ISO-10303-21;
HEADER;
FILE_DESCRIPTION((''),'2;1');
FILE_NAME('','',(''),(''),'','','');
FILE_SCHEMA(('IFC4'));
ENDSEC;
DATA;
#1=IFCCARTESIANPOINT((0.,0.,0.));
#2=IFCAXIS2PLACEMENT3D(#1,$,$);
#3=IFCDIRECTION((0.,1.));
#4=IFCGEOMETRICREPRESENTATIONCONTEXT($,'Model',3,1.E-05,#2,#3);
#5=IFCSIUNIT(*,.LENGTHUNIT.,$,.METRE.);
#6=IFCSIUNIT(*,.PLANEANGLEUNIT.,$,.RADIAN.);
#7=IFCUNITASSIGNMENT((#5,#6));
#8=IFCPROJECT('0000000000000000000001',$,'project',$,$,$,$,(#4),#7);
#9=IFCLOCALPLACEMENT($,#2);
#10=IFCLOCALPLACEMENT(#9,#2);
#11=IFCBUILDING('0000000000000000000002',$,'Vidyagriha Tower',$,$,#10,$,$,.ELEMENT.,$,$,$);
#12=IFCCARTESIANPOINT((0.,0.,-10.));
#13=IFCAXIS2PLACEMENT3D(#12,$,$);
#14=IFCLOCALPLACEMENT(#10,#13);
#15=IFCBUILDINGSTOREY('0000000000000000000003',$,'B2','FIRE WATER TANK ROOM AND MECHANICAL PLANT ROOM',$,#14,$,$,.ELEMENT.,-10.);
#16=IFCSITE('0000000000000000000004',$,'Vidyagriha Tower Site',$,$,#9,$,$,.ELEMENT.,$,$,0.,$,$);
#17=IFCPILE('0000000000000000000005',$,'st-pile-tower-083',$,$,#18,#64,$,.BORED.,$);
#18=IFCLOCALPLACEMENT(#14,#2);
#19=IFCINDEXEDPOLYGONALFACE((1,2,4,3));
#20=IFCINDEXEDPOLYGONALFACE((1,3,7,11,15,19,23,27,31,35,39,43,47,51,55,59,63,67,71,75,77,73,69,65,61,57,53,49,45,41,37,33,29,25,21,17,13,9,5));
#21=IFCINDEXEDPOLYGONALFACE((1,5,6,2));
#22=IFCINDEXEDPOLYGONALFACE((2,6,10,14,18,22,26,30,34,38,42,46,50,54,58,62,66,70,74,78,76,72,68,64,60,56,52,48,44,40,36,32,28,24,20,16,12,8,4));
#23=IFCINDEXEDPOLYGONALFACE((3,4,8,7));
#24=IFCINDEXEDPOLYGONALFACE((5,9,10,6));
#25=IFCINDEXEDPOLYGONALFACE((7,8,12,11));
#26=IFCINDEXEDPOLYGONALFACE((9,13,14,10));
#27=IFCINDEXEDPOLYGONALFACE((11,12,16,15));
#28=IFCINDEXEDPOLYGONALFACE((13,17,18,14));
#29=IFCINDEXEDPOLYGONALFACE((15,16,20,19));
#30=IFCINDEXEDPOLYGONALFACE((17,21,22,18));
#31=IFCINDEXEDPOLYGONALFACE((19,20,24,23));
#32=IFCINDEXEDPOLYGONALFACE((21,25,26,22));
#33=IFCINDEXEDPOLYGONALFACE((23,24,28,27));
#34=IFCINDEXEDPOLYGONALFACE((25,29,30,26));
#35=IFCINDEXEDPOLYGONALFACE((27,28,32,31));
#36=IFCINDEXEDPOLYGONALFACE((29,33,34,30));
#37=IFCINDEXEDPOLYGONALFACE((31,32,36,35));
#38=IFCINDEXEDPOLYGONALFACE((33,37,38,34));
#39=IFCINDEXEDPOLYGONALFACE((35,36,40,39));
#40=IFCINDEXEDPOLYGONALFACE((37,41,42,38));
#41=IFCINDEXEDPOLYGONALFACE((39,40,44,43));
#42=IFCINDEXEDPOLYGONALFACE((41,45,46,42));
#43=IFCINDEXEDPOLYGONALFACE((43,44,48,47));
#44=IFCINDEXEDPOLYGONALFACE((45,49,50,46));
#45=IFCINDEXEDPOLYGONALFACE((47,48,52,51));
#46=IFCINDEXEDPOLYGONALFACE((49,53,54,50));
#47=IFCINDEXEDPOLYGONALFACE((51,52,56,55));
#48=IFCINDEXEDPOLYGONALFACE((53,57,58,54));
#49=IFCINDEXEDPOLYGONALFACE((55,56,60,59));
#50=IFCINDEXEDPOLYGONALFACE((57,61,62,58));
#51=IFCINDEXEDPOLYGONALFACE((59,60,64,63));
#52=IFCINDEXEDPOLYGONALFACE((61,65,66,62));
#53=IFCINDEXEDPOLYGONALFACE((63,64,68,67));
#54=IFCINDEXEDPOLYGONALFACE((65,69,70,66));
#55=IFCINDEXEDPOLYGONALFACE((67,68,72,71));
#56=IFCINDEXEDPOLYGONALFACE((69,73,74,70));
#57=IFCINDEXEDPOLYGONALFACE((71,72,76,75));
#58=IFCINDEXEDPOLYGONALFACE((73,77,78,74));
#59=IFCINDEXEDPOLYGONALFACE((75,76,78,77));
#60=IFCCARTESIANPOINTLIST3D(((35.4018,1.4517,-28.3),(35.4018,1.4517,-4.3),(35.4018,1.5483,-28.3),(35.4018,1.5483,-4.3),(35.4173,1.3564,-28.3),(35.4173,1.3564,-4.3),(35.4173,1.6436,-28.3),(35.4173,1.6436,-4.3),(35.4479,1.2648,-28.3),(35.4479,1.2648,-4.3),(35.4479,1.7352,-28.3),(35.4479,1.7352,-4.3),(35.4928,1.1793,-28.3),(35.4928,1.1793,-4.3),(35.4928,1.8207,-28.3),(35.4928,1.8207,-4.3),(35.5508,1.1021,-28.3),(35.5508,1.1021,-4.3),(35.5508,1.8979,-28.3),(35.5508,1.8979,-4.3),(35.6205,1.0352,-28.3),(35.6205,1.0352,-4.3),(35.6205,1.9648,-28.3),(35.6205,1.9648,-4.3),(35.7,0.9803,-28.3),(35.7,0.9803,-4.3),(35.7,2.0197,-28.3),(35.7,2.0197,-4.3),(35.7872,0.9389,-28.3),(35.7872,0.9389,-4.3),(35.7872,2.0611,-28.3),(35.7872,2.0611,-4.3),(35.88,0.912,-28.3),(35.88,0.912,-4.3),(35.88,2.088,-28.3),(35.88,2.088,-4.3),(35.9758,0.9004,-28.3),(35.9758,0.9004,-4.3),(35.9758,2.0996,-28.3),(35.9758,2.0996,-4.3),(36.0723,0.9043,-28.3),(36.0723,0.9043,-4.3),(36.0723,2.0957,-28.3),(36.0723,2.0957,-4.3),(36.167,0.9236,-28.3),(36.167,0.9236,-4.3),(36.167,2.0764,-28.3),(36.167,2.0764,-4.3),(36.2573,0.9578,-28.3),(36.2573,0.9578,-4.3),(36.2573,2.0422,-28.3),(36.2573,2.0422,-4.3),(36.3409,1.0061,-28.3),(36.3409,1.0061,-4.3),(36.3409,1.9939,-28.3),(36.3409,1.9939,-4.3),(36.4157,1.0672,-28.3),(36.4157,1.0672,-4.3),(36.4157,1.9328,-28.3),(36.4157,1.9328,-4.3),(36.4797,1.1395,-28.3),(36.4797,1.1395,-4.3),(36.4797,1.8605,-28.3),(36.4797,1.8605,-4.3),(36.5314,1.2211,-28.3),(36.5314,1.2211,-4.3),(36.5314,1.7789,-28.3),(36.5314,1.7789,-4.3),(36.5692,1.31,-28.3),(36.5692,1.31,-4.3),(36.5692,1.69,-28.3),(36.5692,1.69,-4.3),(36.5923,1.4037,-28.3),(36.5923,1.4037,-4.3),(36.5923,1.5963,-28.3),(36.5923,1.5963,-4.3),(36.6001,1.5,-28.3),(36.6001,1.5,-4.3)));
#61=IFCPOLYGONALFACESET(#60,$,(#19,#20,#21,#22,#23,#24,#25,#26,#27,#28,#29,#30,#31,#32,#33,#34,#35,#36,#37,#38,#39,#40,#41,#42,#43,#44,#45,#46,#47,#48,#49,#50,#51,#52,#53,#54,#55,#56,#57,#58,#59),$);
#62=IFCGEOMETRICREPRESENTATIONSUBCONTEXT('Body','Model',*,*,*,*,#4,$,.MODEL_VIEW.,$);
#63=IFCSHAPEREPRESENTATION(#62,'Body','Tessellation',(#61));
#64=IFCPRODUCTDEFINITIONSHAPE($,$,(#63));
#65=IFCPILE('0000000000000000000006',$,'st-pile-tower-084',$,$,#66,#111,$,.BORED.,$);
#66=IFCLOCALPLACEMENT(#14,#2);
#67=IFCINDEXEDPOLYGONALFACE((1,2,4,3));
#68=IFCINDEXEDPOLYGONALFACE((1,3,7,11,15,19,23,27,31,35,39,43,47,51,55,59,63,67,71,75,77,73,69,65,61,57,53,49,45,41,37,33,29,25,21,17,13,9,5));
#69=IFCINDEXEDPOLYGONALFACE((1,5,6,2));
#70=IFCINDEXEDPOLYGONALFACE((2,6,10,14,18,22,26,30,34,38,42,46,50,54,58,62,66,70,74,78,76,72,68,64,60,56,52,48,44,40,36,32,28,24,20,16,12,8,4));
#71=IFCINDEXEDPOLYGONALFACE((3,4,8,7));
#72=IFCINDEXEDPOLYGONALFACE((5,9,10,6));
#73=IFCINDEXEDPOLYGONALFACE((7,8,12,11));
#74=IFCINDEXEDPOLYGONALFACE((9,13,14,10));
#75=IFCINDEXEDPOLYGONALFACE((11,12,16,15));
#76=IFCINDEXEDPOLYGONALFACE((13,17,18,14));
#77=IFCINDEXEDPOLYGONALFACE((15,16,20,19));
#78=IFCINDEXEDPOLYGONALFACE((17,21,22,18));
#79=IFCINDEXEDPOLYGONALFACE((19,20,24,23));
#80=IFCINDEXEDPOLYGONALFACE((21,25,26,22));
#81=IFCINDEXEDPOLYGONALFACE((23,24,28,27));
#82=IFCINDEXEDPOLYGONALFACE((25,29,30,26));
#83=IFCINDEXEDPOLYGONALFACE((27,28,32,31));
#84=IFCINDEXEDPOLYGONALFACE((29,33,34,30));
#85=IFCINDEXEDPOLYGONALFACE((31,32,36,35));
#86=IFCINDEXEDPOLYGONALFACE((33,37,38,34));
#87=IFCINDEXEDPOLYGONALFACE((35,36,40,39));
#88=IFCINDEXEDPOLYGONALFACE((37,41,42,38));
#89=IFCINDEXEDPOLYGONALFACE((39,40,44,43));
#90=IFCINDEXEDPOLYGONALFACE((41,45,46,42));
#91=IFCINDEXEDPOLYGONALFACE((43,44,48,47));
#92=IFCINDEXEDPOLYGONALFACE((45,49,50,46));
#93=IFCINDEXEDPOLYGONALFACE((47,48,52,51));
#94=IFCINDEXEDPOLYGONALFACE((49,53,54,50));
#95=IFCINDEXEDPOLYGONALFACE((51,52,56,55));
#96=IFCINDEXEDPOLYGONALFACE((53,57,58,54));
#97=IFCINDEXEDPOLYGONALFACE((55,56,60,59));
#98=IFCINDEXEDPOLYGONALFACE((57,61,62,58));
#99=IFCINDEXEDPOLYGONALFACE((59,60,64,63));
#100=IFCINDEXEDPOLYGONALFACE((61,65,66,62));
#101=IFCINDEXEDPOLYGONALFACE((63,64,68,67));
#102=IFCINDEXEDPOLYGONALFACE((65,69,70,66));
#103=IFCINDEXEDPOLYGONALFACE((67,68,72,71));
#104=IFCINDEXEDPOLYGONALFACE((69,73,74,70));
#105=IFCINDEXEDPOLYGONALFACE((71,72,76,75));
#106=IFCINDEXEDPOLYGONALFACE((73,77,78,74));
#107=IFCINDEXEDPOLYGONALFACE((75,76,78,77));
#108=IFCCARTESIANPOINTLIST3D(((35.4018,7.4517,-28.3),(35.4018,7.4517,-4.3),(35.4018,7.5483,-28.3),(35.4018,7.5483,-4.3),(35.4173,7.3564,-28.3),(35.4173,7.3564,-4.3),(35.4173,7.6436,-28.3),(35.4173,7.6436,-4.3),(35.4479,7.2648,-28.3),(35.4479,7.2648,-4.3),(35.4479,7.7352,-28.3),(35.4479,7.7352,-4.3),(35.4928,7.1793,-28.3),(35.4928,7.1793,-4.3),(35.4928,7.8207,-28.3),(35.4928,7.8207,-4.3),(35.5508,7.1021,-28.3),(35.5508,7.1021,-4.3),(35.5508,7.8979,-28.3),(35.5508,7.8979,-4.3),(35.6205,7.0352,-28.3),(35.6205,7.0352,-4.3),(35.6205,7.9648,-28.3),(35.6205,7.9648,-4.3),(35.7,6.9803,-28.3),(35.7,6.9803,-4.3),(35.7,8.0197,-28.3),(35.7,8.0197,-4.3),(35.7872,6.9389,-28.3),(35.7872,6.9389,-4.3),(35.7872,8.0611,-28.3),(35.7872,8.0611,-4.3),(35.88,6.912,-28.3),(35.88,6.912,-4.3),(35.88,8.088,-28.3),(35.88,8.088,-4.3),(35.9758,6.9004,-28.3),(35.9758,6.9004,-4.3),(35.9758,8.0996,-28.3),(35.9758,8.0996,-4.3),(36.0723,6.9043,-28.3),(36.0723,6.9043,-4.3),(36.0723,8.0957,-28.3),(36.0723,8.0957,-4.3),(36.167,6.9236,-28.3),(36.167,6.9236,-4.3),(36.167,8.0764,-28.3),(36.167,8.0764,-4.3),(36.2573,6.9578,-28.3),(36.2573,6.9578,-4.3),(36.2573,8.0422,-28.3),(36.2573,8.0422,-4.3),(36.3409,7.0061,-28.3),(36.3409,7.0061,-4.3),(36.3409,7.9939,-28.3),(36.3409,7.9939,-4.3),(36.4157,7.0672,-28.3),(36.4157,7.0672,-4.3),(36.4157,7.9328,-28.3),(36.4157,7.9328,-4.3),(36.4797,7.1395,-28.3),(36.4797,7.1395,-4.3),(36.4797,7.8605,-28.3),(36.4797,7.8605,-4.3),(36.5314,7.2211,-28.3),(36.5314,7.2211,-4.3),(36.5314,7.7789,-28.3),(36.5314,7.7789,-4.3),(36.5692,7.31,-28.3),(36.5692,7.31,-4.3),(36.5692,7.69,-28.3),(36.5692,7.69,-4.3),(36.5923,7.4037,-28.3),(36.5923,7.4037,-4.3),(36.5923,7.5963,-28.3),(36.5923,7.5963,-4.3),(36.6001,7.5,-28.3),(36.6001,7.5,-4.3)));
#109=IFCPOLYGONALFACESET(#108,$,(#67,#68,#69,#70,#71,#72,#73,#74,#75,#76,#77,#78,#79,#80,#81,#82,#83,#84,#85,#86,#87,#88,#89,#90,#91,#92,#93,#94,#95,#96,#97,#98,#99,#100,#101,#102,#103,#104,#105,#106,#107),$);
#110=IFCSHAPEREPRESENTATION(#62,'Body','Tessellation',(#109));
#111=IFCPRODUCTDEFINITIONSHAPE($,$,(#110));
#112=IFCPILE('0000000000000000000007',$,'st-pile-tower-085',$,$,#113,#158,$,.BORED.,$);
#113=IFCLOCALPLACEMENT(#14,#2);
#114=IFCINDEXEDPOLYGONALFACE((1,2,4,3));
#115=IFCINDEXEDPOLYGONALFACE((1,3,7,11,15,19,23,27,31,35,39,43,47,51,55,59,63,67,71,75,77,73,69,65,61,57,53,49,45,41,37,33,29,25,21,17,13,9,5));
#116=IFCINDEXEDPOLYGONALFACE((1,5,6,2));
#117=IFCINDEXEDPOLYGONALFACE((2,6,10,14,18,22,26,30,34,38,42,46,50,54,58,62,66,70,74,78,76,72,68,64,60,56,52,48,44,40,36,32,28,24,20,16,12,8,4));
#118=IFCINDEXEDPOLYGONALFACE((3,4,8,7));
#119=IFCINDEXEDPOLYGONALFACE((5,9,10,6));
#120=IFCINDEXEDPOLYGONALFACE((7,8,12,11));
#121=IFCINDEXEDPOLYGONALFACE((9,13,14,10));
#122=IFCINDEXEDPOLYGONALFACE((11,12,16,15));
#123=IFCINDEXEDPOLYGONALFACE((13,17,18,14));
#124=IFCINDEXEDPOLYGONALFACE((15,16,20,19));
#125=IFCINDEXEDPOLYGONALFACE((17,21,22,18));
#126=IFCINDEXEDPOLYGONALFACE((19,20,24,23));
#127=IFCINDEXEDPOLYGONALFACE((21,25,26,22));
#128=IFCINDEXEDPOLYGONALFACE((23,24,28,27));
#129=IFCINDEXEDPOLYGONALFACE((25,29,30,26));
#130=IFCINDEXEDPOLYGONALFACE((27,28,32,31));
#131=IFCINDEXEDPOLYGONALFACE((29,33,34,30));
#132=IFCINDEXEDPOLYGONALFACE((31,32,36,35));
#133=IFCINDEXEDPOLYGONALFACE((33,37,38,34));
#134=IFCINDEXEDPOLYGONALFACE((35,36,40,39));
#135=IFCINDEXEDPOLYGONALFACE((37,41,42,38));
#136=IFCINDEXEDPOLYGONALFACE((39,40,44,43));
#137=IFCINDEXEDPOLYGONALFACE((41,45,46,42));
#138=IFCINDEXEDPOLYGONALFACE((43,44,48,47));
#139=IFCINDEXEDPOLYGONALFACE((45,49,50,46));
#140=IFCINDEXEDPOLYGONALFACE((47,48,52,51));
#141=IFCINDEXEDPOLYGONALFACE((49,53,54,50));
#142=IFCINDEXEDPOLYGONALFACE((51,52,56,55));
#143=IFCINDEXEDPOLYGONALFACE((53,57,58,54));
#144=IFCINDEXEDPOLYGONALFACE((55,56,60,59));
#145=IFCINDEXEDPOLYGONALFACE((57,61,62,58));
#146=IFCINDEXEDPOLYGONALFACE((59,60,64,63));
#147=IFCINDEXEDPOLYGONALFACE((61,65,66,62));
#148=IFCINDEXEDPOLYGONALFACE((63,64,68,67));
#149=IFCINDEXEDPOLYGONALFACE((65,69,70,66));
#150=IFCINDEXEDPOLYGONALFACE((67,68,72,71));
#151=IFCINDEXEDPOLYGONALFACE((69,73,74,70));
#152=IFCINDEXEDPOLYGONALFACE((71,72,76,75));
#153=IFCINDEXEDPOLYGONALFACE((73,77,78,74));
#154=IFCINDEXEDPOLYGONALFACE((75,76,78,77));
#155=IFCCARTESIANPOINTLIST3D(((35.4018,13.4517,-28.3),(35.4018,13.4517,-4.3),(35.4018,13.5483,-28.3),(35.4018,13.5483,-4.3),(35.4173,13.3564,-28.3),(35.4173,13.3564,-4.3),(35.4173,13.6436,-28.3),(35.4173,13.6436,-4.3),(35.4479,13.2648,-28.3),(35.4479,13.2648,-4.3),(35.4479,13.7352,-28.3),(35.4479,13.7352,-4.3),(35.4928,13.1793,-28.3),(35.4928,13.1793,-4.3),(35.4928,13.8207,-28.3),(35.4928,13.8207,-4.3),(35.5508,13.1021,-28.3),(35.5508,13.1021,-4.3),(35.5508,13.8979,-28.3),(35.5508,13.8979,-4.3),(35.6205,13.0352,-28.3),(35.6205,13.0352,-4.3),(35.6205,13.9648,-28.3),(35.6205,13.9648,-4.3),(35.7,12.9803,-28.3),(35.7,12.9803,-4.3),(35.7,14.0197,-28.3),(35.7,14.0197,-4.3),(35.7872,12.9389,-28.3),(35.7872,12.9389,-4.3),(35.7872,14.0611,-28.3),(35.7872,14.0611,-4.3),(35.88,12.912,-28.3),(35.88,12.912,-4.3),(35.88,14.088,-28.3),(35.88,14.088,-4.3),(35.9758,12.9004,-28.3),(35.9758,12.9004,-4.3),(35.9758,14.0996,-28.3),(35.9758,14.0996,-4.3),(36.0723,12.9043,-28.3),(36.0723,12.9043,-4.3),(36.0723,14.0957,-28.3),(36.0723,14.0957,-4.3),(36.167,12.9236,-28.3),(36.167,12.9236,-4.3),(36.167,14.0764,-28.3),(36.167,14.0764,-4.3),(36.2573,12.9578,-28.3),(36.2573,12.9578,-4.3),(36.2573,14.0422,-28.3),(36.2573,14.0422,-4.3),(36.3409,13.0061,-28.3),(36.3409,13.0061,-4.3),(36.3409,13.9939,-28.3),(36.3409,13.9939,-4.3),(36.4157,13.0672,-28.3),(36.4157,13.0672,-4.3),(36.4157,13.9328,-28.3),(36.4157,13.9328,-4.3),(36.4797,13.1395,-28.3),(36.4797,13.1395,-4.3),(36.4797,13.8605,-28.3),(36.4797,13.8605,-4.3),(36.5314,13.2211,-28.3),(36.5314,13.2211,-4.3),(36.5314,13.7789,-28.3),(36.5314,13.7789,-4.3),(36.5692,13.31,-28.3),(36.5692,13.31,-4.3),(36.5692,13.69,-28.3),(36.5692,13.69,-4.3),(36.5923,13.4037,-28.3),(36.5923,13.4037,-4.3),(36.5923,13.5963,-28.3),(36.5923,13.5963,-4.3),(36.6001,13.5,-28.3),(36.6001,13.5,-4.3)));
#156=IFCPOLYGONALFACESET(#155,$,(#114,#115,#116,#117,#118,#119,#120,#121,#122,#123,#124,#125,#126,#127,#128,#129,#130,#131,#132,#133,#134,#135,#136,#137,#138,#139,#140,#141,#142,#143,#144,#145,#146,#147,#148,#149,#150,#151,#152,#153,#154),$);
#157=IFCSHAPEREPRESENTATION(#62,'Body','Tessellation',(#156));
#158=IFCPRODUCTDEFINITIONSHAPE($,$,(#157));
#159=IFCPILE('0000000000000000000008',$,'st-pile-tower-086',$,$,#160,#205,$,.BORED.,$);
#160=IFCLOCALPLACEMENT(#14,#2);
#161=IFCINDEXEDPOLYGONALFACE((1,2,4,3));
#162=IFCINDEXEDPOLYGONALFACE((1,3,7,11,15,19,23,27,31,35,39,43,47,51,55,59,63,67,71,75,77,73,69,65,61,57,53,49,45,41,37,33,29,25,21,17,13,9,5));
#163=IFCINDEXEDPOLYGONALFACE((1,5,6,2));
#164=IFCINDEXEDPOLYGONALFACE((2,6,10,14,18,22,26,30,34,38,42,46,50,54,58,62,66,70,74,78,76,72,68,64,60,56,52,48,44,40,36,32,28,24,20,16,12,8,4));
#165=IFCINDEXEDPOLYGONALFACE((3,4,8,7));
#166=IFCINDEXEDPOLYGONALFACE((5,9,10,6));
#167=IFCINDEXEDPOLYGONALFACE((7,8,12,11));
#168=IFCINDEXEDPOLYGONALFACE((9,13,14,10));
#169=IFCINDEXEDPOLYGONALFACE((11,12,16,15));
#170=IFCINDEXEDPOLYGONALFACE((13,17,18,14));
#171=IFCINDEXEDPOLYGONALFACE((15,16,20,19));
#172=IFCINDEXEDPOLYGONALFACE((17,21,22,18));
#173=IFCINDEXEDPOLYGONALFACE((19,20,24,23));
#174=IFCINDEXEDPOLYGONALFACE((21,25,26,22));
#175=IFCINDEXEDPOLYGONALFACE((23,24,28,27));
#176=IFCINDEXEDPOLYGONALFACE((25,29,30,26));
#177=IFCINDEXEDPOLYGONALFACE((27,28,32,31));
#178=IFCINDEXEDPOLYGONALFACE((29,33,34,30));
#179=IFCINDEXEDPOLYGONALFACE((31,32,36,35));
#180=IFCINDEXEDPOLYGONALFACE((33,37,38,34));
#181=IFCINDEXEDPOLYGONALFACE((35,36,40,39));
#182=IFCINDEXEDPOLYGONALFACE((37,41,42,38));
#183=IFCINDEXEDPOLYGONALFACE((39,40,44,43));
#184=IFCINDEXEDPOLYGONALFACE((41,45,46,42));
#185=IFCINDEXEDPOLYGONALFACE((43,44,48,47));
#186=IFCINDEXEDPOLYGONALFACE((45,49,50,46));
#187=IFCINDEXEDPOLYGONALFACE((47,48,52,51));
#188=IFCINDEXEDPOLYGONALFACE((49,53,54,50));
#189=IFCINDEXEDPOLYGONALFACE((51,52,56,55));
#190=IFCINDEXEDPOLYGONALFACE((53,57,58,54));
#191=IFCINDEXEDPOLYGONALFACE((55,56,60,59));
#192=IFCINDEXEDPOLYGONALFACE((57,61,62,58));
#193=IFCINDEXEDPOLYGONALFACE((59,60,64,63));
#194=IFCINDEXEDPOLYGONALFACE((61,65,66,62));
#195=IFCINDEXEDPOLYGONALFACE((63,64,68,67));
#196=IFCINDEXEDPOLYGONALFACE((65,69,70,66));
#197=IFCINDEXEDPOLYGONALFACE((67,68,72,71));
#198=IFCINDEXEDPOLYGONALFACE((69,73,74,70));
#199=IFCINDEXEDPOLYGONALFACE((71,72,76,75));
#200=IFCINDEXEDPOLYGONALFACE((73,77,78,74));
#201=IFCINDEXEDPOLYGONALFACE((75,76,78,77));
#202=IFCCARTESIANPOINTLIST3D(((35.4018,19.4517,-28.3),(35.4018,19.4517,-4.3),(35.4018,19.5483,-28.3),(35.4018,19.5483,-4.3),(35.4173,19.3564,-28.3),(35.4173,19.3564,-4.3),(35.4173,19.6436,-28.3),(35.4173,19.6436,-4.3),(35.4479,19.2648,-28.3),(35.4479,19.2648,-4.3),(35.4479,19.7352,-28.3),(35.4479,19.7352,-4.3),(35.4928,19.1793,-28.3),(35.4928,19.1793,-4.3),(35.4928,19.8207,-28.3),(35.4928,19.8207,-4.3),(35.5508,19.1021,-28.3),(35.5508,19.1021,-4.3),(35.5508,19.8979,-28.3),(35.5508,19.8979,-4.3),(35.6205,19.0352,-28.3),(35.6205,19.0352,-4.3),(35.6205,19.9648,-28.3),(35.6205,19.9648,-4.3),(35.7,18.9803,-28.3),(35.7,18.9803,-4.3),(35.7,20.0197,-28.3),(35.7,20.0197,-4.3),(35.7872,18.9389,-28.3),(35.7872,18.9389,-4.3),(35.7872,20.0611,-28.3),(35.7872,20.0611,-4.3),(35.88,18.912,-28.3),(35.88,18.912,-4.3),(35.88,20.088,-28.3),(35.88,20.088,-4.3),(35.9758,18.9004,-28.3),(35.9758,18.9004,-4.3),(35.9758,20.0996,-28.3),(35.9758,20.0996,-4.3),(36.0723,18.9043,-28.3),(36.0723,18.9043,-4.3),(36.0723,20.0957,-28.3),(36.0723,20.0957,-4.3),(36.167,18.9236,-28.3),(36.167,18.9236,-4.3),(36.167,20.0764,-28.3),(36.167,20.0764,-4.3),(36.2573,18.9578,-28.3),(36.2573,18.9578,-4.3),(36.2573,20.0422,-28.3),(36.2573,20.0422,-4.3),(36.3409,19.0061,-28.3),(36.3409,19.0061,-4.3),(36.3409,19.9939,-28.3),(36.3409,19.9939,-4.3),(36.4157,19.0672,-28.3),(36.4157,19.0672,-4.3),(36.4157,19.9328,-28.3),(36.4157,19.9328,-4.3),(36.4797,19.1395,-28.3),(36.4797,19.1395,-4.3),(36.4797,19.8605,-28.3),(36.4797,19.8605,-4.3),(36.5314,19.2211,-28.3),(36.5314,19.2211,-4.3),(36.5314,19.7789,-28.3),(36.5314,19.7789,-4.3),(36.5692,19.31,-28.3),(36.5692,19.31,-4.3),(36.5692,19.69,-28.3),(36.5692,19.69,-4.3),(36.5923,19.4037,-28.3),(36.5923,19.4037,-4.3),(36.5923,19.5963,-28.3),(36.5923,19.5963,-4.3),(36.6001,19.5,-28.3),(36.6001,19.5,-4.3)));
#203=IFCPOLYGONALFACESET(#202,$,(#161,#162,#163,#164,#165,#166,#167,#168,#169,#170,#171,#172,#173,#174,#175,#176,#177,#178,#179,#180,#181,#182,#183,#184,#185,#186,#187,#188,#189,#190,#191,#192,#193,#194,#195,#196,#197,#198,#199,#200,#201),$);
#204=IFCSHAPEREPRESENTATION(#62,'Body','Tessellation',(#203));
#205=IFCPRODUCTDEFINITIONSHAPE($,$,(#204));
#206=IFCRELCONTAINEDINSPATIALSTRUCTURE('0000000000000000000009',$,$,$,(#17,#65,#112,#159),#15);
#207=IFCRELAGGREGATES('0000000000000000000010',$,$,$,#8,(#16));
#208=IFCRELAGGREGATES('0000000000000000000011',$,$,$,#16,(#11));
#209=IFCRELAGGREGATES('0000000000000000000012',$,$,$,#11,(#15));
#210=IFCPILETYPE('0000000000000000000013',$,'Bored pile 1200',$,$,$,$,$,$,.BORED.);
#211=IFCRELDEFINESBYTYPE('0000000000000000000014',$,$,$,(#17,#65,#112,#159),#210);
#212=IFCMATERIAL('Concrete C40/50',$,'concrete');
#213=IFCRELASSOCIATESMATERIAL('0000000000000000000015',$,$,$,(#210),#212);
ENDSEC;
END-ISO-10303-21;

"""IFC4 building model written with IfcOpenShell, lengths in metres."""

from ifc_helpers import new_model, si_unit, direction, frame, origin, origin_2d, place, context, subcontext, project, spatial, circle, extrude, material, material_profile, profile_set, type_object, element, save


model = new_model("IFC4")

# Units and contexts
model_context = context("Model", 3, precision=1e-05, world=origin(), true_north=direction((0.0, 1.0)))
body_context = subcontext(model_context, "Body", "Model", "MODEL_VIEW")
ifc_project = project(units=[si_unit("LENGTHUNIT", "METRE"), si_unit("PLANEANGLEUNIT", "RADIAN")], contexts=[model_context])

# Site, building, storey
site_placement = place(None, origin())
site = spatial("IfcSite", under=ifc_project, at=site_placement, Name="Vidyagriha Tower Site", CompositionType="ELEMENT", RefElevation=0.0)
building_placement = place(site_placement, origin())
building = spatial("IfcBuilding", under=site, at=building_placement, Name="Vidyagriha Tower", CompositionType="ELEMENT")
storey_placement = place(building_placement, frame((0.0, 0.0, -10.0)))
storey = spatial("IfcBuildingStorey", under=building, at=storey_placement, Name="B2", Description="FIRE WATER TANK ROOM AND MECHANICAL PLANT ROOM", CompositionType="ELEMENT", Elevation=-10.0)

# Piles
ifc_material_1 = material(Name="Concrete C40/50", Category="concrete")
ifc_material_profile_1 = material_profile(ifc_material_1, circle(Radius=0.6001, at=origin_2d()), Name="Bored pile 1200")
ifc_profile_set_1 = profile_set([ifc_material_profile_1], Name="Concrete C40/50")
pile_type = type_object("IfcPileType", Name="Bored pile 1200", PredefinedType="BORED", material=ifc_profile_set_1)
for number, where, z_axis, x_axis, name in (
    (1, (36.0, 1.5, -4.3), (0.0, 0.0, -1.0), (1.0, 0.0, 0.0), "st-pile-tower-083"),
    (2, (36.0, 7.5, -4.3), (0.0, 0.0, -1.0), (1.0, 0.0, 0.0), "st-pile-tower-084"),
    (3, (36.0, 13.5, -4.3), (0.0, 0.0, -1.0), (1.0, 0.0, 0.0), "st-pile-tower-085"),
    (4, (36.0, 19.5, -4.3), (0.0, 0.0, -1.0), (1.0, 0.0, 0.0), "st-pile-tower-086"),
):
    element("IfcPile", number, at=place(storey_placement, frame(where, z_axis=z_axis, x_axis=x_axis)), inside=storey, type_object=pile_type, Name=name, PredefinedType="BORED", context=body_context, shape_type="SweptSolid", body=[
        extrude(circle(Radius=0.6001, at=origin_2d()), origin(), (0.0, 0.0, 1.0), 24.0),
    ])

save(model, "model.ifc")
